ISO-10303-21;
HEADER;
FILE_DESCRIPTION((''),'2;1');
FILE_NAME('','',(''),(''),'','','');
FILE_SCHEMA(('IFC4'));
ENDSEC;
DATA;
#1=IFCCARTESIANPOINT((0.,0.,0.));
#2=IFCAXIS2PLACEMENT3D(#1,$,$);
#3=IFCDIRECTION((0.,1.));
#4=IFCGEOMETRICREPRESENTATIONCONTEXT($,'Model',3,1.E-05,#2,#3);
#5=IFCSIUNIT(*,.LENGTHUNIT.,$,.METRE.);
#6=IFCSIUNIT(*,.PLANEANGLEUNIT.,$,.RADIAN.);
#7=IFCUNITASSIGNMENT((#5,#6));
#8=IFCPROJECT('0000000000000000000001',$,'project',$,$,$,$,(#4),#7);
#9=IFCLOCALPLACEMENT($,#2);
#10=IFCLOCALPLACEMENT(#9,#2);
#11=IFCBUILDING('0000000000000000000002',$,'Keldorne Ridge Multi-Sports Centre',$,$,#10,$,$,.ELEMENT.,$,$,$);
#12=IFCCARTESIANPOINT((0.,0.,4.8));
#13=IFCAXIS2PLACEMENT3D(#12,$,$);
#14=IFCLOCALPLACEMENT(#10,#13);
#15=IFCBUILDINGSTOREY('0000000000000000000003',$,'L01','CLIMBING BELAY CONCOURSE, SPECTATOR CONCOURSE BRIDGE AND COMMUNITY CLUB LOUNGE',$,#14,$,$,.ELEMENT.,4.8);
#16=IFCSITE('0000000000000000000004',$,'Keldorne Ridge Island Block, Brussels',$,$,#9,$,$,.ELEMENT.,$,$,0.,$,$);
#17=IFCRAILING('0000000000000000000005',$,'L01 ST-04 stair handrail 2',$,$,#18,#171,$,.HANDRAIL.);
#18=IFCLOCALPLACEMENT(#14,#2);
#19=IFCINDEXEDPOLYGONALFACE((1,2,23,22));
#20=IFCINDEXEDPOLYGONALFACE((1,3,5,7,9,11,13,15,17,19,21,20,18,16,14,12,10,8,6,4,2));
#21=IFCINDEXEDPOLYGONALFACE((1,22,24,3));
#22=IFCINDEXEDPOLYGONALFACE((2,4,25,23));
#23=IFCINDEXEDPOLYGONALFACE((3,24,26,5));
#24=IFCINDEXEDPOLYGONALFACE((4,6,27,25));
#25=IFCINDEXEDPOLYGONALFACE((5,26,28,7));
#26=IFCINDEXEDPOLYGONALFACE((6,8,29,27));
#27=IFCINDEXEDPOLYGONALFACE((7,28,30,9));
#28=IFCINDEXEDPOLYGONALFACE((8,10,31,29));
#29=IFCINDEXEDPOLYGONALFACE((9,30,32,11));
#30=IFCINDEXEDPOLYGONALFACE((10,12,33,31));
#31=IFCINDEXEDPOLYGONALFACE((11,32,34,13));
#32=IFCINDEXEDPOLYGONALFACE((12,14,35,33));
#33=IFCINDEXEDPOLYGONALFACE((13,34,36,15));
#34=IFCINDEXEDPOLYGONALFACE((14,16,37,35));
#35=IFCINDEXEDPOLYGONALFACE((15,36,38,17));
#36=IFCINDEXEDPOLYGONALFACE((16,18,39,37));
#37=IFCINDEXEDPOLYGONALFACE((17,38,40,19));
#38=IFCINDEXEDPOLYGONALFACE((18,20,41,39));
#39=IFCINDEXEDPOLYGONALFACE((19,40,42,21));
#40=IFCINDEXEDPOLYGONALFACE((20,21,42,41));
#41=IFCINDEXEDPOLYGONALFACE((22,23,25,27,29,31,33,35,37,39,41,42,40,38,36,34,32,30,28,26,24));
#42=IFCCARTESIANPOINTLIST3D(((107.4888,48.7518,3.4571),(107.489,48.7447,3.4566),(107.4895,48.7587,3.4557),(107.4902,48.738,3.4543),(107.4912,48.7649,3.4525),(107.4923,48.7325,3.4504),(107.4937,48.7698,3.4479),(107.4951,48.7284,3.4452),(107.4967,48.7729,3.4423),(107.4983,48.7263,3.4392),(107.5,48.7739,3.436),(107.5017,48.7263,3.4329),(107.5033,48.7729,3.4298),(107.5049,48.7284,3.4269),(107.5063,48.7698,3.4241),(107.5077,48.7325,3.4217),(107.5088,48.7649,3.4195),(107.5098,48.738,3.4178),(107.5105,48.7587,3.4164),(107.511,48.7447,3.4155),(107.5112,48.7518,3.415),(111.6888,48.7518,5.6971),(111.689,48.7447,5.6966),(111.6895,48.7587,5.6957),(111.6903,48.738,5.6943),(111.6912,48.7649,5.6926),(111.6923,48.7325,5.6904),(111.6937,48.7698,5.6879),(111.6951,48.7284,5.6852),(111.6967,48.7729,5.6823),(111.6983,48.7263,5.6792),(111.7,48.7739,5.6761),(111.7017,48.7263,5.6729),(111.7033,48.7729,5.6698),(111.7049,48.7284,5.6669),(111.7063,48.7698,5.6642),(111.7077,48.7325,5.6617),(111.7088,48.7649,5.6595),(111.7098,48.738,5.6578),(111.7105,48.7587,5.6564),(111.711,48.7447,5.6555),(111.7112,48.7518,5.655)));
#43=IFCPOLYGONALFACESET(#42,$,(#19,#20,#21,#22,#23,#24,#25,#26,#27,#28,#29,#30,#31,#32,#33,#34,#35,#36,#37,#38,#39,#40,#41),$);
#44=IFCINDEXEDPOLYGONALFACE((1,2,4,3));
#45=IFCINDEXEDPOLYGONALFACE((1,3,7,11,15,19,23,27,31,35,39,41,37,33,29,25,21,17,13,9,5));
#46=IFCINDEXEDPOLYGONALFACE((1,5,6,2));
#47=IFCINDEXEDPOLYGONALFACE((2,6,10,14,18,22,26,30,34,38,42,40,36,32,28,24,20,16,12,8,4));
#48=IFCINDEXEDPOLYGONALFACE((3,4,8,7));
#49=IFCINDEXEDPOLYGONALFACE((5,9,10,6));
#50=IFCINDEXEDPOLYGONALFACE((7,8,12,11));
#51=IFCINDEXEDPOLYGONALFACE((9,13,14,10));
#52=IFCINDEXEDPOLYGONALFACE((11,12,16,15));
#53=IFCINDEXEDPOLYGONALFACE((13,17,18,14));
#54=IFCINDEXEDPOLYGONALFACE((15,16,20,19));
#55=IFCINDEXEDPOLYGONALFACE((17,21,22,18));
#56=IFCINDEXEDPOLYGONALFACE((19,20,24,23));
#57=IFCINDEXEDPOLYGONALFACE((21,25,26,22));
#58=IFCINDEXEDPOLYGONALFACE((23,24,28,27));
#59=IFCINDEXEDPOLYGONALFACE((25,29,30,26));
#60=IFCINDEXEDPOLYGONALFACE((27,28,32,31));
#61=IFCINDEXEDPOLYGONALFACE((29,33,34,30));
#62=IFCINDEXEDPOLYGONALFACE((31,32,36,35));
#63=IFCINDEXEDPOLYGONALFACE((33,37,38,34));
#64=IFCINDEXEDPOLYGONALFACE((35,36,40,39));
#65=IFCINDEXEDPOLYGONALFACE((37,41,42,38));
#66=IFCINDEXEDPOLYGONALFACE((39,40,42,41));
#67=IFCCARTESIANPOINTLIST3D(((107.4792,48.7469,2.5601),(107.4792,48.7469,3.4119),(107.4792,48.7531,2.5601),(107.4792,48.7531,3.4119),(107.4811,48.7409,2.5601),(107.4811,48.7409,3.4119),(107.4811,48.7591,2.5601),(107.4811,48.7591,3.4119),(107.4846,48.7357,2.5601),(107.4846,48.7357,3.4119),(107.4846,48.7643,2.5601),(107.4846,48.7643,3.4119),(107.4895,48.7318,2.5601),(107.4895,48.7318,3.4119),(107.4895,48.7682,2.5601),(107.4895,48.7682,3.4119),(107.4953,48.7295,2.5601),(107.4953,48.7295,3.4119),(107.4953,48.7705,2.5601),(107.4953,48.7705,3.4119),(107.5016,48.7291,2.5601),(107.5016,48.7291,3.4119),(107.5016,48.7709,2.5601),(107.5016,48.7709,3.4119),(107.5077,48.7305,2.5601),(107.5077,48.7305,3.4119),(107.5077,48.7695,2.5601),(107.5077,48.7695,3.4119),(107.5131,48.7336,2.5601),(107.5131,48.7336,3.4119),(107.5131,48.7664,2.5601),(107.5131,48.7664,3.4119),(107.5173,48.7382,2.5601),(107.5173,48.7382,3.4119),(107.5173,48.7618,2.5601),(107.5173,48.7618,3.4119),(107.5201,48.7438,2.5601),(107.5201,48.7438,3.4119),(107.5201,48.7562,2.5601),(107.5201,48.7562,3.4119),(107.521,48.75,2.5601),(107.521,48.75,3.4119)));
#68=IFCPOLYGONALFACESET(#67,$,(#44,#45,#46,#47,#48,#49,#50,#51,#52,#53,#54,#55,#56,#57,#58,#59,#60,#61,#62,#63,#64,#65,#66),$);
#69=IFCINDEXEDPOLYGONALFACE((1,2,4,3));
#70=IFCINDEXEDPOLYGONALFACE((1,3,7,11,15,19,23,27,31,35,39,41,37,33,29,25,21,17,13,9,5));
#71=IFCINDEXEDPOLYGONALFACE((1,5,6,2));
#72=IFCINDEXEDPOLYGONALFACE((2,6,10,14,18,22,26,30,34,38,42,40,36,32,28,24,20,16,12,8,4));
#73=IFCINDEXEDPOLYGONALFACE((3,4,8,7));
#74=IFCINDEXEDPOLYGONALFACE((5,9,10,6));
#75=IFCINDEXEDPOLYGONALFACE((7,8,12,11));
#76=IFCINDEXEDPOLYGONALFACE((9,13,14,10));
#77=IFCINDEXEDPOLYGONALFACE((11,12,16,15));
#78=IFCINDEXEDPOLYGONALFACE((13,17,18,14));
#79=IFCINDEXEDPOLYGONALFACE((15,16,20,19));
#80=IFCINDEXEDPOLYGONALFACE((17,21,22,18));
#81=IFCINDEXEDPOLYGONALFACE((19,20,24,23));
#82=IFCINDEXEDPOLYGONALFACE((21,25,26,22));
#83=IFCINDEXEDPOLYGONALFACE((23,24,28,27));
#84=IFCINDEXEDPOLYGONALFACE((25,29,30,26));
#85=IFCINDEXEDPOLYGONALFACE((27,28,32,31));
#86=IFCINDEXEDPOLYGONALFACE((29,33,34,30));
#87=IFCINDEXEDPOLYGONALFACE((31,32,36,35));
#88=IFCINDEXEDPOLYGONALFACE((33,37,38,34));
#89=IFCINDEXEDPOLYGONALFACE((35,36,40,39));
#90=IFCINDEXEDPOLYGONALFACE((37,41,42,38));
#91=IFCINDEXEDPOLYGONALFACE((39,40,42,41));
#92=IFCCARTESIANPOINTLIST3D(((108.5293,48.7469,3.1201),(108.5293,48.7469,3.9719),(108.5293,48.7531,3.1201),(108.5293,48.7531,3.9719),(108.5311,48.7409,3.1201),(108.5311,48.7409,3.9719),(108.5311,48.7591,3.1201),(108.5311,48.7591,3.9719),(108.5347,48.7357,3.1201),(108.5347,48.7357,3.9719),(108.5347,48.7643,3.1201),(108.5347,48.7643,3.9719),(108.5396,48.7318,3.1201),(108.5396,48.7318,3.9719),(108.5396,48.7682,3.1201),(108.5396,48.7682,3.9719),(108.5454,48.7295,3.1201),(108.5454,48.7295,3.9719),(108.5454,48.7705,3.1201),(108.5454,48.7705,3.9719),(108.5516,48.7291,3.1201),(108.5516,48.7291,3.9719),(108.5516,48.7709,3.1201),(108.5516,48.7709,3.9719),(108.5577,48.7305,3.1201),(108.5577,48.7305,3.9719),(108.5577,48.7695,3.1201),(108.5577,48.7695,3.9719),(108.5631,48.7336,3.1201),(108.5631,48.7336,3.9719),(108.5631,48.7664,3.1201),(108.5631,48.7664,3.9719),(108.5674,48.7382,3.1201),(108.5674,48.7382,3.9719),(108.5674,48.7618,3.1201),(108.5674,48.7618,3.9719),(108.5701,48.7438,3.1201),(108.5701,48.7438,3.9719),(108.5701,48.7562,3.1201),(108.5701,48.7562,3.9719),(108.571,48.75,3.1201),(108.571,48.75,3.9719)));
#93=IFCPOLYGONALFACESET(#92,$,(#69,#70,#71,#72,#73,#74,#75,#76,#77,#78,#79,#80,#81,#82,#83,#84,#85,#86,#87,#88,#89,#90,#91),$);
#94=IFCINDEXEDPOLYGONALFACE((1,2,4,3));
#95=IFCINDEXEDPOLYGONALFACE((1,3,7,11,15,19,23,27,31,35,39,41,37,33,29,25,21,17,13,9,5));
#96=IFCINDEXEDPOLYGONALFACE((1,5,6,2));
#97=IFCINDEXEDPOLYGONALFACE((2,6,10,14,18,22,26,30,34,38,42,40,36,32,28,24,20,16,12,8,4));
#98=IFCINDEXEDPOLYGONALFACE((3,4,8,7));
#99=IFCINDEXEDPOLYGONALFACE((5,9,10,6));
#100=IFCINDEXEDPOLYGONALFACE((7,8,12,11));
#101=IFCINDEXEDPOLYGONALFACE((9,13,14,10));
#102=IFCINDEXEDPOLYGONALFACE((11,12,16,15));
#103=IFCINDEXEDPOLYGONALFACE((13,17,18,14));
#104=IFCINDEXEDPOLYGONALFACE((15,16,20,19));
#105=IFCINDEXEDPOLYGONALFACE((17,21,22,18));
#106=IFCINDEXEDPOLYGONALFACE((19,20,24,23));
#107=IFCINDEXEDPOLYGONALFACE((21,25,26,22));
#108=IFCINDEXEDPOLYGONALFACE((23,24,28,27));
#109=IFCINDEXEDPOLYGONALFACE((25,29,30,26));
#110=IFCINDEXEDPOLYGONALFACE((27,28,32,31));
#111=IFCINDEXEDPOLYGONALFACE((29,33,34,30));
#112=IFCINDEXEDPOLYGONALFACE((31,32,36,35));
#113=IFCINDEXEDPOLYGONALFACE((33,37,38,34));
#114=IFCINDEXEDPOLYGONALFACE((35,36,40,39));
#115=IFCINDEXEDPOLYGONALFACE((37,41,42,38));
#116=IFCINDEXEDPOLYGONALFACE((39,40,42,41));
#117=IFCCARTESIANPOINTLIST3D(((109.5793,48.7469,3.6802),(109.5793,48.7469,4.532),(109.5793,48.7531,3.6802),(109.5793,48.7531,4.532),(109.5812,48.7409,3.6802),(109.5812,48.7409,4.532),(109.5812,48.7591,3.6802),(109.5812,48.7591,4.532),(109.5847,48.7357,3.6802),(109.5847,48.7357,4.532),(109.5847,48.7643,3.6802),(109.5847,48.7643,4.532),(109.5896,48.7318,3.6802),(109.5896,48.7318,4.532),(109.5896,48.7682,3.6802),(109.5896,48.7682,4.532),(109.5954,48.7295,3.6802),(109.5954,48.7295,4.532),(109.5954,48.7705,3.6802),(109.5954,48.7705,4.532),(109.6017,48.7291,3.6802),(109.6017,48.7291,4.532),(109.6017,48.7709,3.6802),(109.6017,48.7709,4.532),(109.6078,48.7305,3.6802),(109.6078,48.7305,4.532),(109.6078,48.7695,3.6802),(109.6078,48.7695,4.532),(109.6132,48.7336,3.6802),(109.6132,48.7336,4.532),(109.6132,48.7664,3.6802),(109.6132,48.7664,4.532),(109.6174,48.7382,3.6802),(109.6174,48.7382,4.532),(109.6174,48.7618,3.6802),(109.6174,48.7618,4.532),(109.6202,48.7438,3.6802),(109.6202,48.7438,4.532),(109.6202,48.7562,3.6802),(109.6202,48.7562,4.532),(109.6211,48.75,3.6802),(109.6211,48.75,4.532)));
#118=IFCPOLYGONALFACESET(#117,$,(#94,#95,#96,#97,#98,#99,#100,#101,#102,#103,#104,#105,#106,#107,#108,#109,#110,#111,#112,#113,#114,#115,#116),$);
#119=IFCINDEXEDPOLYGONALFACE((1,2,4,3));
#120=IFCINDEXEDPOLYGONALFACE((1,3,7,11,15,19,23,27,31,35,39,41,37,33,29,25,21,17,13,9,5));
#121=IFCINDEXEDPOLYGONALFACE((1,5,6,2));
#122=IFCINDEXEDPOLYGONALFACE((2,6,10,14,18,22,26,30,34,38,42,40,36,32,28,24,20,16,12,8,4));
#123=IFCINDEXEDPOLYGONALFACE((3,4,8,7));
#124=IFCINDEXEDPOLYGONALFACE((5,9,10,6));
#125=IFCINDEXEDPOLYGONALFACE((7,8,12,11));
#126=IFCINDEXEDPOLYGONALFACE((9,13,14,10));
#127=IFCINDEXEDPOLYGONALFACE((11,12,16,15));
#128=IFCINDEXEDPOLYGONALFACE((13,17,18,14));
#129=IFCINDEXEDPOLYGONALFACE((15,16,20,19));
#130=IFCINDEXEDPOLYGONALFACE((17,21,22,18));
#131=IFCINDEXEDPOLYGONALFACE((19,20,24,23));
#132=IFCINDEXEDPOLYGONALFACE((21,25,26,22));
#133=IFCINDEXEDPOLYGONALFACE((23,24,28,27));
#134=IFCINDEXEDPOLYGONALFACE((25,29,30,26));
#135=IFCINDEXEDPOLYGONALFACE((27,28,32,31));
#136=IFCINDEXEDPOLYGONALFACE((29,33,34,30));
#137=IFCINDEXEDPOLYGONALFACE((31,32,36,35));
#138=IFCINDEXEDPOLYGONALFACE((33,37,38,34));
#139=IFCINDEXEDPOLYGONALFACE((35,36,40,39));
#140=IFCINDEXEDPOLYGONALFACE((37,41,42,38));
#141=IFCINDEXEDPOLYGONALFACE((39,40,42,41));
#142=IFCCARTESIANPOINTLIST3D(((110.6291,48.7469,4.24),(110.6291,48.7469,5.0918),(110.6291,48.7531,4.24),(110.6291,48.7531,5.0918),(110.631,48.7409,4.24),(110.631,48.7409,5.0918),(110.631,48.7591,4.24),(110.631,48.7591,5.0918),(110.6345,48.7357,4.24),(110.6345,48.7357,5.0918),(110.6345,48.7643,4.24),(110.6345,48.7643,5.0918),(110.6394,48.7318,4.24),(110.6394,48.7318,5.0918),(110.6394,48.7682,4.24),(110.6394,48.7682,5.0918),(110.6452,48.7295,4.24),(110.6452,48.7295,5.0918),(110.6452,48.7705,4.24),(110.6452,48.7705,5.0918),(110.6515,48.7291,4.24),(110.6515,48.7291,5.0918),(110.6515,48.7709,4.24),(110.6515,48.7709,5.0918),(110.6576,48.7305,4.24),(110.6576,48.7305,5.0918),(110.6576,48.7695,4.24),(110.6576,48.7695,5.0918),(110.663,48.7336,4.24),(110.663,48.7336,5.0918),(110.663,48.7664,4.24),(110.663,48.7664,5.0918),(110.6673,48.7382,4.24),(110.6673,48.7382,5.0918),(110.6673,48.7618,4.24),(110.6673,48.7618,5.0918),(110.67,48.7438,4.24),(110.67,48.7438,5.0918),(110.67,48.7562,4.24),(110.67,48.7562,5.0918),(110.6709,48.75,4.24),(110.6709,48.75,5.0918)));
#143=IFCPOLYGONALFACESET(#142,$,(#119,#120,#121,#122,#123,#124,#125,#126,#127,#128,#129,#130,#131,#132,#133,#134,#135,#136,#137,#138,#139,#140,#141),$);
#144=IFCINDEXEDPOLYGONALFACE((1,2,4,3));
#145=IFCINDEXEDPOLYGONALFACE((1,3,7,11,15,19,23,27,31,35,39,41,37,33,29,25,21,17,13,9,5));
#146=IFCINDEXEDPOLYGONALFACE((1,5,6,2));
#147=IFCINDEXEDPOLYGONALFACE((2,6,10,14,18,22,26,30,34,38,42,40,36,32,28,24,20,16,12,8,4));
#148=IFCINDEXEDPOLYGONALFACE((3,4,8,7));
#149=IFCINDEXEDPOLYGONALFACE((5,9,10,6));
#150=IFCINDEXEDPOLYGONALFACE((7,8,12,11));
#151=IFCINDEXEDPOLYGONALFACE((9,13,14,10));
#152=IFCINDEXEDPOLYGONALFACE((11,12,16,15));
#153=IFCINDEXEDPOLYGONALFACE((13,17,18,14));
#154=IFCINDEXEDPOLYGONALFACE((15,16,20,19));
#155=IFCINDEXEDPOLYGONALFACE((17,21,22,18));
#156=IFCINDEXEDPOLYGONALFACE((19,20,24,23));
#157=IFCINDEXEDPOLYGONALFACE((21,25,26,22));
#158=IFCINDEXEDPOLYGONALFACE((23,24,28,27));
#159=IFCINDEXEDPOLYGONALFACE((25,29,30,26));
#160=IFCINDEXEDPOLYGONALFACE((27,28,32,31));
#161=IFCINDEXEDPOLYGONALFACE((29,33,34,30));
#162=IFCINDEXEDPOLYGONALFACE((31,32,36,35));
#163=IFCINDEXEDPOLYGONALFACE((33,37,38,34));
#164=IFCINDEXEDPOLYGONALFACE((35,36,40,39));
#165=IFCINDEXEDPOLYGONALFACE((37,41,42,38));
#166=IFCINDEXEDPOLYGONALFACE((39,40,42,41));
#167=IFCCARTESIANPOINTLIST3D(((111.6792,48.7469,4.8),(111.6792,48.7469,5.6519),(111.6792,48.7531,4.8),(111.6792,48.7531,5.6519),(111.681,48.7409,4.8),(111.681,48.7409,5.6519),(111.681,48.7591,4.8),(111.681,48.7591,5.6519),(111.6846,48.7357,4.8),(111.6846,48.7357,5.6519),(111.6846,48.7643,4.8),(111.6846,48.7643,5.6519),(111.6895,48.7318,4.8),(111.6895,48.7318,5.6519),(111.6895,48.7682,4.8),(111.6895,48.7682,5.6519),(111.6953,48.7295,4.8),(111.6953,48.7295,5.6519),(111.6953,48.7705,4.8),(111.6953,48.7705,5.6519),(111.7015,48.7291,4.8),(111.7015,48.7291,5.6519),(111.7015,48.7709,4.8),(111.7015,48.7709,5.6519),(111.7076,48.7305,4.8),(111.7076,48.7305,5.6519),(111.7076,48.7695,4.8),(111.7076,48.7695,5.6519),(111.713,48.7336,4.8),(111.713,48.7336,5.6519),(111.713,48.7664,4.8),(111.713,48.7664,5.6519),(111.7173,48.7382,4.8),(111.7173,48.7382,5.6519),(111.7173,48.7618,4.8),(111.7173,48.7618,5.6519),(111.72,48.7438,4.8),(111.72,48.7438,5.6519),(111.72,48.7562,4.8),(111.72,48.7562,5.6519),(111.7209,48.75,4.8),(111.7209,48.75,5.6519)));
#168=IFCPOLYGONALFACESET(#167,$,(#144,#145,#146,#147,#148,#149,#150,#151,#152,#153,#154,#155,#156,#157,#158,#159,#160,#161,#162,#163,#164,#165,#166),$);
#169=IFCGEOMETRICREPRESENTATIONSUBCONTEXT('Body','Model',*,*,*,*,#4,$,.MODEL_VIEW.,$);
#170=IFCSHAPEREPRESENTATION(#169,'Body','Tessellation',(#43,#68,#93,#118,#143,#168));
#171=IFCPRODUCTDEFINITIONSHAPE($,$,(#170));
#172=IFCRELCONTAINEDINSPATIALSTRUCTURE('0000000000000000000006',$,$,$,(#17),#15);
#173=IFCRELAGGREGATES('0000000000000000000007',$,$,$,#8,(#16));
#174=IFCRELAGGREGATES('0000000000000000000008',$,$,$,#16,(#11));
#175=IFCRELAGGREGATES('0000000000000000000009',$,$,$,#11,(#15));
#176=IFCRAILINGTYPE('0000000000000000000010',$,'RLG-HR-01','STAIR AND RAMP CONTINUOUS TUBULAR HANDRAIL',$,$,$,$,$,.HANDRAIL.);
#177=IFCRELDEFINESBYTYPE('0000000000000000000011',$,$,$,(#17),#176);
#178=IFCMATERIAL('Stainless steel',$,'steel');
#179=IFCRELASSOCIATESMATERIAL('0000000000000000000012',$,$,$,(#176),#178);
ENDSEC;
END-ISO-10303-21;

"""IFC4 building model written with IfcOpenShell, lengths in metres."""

from ifc_helpers import new_model, si_unit, direction, frame, origin, origin_2d, place, context, subcontext, project, spatial, circle, extrude, material, type_object, element, save


model = new_model("IFC4")

# Units and contexts
model_context = context("Model", 3, precision=1e-05, world=origin(), true_north=direction((0.0, 1.0)))
body_context = subcontext(model_context, "Body", "Model", "MODEL_VIEW")
ifc_project = project(units=[si_unit("LENGTHUNIT", "METRE"), si_unit("PLANEANGLEUNIT", "RADIAN")], contexts=[model_context])

# Site, building, storey
site_placement = place(None, origin())
site = spatial("IfcSite", under=ifc_project, at=site_placement, Name="Keldorne Ridge Island Block, Brussels", CompositionType="ELEMENT", RefElevation=0.0)
building_placement = place(site_placement, origin())
building = spatial("IfcBuilding", under=site, at=building_placement, Name="Keldorne Ridge Multi-Sports Centre", CompositionType="ELEMENT")
storey_placement = place(building_placement, frame((0.0, 0.0, 4.8)))
storey = spatial("IfcBuildingStorey", under=building, at=storey_placement, Name="L01", Description="CLIMBING BELAY CONCOURSE, SPECTATOR CONCOURSE BRIDGE AND COMMUNITY CLUB LOUNGE", CompositionType="ELEMENT", Elevation=4.8)

# Railing
ifc_material_1 = material(Name="Stainless steel", Category="steel")
railing_type_1 = type_object("IfcRailingType", Name="RLG-HR-01", Description="STAIR AND RAMP CONTINUOUS TUBULAR HANDRAIL", PredefinedType="HANDRAIL", material=ifc_material_1)
railing_1_placement = place(storey_placement, frame((107.5, 48.75, 2.5601)))
element("IfcRailing", 1, at=railing_1_placement, inside=storey, type_object=railing_type_1, Name="L01 ST-04 stair handrail 2", PredefinedType="HANDRAIL", context=body_context, shape_type="SweptSolid", body=[
    extrude(circle(Radius=0.0239, at=origin_2d()), frame((0.0, 0.0, 0.876), z_axis=(0.882352, 0.0, 0.470591), x_axis=(0.0, 1.0, 0.0)), (0.0, 0.0, 1.0), 4.76),
    extrude(circle(Radius=0.021, at=origin_2d()), origin(), (0.0, 0.0, 1.0), 0.8518),
    extrude(circle(Radius=0.021, at=origin_2d()), frame((1.05, 0.0, 0.5601)), (0.0, 0.0, 1.0), 0.8518),
    extrude(circle(Radius=0.021, at=origin_2d()), frame((2.1001, 0.0, 1.1201)), (0.0, 0.0, 1.0), 0.8518),
    extrude(circle(Radius=0.021, at=origin_2d()), frame((3.1499, 0.0, 1.6799)), (0.0, 0.0, 1.0), 0.8518),
    extrude(circle(Radius=0.021, at=origin_2d()), frame((4.2, 0.0, 2.24)), (0.0, 0.0, 1.0), 0.8518),
])

save(model, "model.ifc")
